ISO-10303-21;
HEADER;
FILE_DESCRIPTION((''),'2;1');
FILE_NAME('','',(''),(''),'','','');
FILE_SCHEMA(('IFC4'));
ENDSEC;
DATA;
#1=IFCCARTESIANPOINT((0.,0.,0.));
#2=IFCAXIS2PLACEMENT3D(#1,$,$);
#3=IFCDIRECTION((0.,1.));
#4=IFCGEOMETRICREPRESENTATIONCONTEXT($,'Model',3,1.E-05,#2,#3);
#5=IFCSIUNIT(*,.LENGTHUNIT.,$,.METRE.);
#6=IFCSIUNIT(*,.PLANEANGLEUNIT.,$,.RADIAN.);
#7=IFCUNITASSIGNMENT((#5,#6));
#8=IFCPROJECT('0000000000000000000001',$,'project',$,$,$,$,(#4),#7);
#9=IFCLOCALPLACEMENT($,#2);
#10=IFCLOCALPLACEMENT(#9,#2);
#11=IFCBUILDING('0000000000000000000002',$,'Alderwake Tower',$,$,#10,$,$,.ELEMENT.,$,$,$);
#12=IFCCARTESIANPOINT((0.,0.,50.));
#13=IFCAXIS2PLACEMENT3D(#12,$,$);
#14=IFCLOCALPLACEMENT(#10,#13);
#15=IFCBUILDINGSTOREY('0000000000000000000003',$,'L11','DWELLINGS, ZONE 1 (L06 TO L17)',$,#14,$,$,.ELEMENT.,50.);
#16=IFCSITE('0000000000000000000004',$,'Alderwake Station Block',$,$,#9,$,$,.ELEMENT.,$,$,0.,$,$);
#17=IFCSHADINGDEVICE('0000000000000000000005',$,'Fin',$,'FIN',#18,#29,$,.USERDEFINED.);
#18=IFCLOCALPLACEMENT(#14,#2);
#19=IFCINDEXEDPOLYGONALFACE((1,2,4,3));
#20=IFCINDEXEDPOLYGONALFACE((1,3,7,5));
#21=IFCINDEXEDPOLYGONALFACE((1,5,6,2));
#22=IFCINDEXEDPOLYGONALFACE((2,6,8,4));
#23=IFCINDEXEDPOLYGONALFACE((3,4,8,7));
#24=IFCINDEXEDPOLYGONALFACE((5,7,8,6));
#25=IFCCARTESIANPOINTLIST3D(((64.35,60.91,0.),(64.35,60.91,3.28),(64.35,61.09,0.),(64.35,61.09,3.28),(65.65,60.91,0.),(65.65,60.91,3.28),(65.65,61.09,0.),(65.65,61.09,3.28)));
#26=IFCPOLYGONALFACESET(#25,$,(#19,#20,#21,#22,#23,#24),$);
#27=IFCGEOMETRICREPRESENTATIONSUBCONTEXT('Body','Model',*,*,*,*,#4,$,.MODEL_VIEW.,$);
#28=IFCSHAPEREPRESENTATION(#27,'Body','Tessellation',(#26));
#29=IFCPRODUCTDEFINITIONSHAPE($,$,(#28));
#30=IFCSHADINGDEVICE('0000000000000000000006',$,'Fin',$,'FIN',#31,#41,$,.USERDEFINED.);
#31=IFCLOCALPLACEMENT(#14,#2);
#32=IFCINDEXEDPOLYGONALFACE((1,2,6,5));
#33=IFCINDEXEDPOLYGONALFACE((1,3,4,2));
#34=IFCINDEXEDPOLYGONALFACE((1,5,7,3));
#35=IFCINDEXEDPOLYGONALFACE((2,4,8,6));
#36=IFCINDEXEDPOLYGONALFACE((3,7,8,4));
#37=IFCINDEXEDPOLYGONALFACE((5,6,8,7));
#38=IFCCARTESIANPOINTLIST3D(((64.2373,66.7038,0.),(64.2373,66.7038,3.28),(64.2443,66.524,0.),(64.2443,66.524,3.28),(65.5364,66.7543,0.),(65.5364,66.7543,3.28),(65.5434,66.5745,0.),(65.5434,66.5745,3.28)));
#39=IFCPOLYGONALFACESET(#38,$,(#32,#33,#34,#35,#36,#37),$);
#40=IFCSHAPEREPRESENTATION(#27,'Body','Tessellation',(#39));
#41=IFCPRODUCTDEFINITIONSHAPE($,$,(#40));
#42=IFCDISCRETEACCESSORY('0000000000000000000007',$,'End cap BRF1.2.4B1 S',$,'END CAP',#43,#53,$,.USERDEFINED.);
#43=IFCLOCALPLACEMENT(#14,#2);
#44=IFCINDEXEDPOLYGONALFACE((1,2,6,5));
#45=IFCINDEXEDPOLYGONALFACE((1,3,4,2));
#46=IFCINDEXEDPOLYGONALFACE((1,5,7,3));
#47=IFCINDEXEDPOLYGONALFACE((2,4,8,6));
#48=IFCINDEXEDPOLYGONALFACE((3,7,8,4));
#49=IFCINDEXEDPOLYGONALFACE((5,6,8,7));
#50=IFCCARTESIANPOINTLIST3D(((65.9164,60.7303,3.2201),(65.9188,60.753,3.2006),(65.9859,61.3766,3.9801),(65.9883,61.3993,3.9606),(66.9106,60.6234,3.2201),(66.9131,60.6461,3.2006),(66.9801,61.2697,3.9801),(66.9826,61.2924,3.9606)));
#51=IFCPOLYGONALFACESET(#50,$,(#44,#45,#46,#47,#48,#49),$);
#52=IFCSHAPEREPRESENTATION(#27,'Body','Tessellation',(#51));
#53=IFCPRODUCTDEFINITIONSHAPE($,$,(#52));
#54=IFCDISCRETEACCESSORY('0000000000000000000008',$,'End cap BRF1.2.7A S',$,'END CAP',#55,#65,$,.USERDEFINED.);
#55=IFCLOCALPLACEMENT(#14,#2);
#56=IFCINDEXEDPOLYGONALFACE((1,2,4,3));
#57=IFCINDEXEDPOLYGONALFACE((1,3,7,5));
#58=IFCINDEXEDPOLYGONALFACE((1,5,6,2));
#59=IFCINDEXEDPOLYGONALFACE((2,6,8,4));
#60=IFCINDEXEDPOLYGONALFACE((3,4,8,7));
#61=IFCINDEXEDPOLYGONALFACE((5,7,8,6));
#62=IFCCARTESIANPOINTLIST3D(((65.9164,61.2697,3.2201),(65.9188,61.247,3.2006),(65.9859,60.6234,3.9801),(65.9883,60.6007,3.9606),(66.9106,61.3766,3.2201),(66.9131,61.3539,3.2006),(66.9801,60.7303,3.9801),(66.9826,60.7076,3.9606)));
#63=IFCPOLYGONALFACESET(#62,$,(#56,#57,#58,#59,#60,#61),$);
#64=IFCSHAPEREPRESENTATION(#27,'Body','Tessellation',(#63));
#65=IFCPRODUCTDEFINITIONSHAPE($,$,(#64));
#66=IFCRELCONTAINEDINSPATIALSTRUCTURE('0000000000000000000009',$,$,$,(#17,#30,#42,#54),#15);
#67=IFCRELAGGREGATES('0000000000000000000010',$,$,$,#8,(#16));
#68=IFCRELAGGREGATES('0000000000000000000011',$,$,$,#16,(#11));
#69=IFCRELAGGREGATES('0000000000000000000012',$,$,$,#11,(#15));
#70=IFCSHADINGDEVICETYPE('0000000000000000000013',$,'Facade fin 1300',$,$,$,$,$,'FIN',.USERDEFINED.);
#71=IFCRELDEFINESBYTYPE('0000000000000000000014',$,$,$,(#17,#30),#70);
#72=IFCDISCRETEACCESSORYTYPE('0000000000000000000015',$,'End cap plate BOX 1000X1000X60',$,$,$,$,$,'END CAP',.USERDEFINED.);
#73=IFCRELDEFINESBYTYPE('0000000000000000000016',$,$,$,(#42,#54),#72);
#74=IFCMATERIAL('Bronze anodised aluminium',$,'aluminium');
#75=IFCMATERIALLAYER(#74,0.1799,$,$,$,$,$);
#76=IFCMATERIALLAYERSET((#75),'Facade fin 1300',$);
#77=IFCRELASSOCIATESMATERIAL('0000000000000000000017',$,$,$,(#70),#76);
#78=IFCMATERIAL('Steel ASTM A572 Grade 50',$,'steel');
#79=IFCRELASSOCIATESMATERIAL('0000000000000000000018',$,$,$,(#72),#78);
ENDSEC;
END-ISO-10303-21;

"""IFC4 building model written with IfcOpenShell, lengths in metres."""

from ifc_helpers import new_model, si_unit, direction, frame, origin, origin_2d, place, context, subcontext, project, spatial, rectangle, extrude, material, layer, layer_set, material_profile, profile_set, type_object, element, save


model = new_model("IFC4")

# Units and contexts
model_context = context("Model", 3, precision=1e-05, world=origin(), true_north=direction((0.0, 1.0)))
body_context = subcontext(model_context, "Body", "Model", "MODEL_VIEW")
ifc_project = project(units=[si_unit("LENGTHUNIT", "METRE"), si_unit("PLANEANGLEUNIT", "RADIAN")], contexts=[model_context])

# Site, building, storey
site_placement = place(None, origin())
site = spatial("IfcSite", under=ifc_project, at=site_placement, Name="Alderwake Station Block", CompositionType="ELEMENT", RefElevation=0.0)
building_placement = place(site_placement, origin())
building = spatial("IfcBuilding", under=site, at=building_placement, Name="Alderwake Tower", CompositionType="ELEMENT")
storey_placement = place(building_placement, frame((0.0, 0.0, 50.0)))
storey = spatial("IfcBuildingStorey", under=building, at=storey_placement, Name="L11", Description="DWELLINGS, ZONE 1 (L06 TO L17)", CompositionType="ELEMENT", Elevation=50.0)

# Shading devices
ifc_material_1 = material(Name="Bronze anodised aluminium", Category="aluminium")
ifc_layer_1 = layer(ifc_material_1, 0.1799)
ifc_layer_set_1 = layer_set([ifc_layer_1], Name="Facade fin 1300")
shading_device_type = type_object("IfcShadingDeviceType", Name="Facade fin 1300", ElementType="FIN", PredefinedType="USERDEFINED", material=ifc_layer_set_1)
for number, where, z_axis, x_axis, name in (
    (1, (65.0, 61.0, 0.0), (0.0, 0.0, 1.0), (1.0, 0.0, 0.0), "Fin"),
    (2, (64.8904, 66.6392, 0.0), (0.0, 0.0, 1.0), (0.999243, 0.03889, 0.0), "Fin"),
):
    element("IfcShadingDevice", number, at=place(storey_placement, frame(where, z_axis=z_axis, x_axis=x_axis)), inside=storey, type_object=shading_device_type, Name=name, ObjectType="FIN", PredefinedType="USERDEFINED", context=body_context, shape_type="SweptSolid", body=[
        extrude(rectangle(XDim=1.3, YDim=0.1799, at=origin_2d()), origin(), (0.0, 0.0, 1.0), 3.28),
    ])

# Discrete accessories
ifc_material_2 = material(Name="Steel ASTM A572 Grade 50", Category="steel")
ifc_material_profile_1 = material_profile(ifc_material_2, rectangle(XDim=1.0, YDim=1.0, at=origin_2d()), Name="BOX 1000X1000X60 cap")
ifc_profile_set_1 = profile_set([ifc_material_profile_1], Name="Steel ASTM A572 Grade 50")
discrete_accessory_type = type_object("IfcDiscreteAccessoryType", Name="End cap plate BOX 1000X1000X60", ElementType="END CAP", PredefinedType="USERDEFINED", material=ifc_profile_set_1)
for number, where, z_axis, x_axis, name in (
    (3, (66.4482, 61.0, 3.6001), (0.081247, 0.755598, -0.649977), (-0.994269, 0.106911, 0.0), "End cap BRF1.2.4B1 S"),
    (4, (66.4482, 61.0, 3.6001), (0.081247, -0.755598, -0.649977), (0.994269, 0.106911, 0.0), "End cap BRF1.2.7A S"),
):
    element("IfcDiscreteAccessory", number, at=place(storey_placement, frame(where, z_axis=z_axis, x_axis=x_axis)), inside=storey, type_object=discrete_accessory_type, Name=name, ObjectType="END CAP", PredefinedType="USERDEFINED", context=body_context, shape_type="SweptSolid", body=[
        extrude(rectangle(XDim=1.0, YDim=1.0, at=origin_2d()), origin(), (0.0, 0.0, 1.0), 0.03),
    ])

save(model, "model.ifc")
